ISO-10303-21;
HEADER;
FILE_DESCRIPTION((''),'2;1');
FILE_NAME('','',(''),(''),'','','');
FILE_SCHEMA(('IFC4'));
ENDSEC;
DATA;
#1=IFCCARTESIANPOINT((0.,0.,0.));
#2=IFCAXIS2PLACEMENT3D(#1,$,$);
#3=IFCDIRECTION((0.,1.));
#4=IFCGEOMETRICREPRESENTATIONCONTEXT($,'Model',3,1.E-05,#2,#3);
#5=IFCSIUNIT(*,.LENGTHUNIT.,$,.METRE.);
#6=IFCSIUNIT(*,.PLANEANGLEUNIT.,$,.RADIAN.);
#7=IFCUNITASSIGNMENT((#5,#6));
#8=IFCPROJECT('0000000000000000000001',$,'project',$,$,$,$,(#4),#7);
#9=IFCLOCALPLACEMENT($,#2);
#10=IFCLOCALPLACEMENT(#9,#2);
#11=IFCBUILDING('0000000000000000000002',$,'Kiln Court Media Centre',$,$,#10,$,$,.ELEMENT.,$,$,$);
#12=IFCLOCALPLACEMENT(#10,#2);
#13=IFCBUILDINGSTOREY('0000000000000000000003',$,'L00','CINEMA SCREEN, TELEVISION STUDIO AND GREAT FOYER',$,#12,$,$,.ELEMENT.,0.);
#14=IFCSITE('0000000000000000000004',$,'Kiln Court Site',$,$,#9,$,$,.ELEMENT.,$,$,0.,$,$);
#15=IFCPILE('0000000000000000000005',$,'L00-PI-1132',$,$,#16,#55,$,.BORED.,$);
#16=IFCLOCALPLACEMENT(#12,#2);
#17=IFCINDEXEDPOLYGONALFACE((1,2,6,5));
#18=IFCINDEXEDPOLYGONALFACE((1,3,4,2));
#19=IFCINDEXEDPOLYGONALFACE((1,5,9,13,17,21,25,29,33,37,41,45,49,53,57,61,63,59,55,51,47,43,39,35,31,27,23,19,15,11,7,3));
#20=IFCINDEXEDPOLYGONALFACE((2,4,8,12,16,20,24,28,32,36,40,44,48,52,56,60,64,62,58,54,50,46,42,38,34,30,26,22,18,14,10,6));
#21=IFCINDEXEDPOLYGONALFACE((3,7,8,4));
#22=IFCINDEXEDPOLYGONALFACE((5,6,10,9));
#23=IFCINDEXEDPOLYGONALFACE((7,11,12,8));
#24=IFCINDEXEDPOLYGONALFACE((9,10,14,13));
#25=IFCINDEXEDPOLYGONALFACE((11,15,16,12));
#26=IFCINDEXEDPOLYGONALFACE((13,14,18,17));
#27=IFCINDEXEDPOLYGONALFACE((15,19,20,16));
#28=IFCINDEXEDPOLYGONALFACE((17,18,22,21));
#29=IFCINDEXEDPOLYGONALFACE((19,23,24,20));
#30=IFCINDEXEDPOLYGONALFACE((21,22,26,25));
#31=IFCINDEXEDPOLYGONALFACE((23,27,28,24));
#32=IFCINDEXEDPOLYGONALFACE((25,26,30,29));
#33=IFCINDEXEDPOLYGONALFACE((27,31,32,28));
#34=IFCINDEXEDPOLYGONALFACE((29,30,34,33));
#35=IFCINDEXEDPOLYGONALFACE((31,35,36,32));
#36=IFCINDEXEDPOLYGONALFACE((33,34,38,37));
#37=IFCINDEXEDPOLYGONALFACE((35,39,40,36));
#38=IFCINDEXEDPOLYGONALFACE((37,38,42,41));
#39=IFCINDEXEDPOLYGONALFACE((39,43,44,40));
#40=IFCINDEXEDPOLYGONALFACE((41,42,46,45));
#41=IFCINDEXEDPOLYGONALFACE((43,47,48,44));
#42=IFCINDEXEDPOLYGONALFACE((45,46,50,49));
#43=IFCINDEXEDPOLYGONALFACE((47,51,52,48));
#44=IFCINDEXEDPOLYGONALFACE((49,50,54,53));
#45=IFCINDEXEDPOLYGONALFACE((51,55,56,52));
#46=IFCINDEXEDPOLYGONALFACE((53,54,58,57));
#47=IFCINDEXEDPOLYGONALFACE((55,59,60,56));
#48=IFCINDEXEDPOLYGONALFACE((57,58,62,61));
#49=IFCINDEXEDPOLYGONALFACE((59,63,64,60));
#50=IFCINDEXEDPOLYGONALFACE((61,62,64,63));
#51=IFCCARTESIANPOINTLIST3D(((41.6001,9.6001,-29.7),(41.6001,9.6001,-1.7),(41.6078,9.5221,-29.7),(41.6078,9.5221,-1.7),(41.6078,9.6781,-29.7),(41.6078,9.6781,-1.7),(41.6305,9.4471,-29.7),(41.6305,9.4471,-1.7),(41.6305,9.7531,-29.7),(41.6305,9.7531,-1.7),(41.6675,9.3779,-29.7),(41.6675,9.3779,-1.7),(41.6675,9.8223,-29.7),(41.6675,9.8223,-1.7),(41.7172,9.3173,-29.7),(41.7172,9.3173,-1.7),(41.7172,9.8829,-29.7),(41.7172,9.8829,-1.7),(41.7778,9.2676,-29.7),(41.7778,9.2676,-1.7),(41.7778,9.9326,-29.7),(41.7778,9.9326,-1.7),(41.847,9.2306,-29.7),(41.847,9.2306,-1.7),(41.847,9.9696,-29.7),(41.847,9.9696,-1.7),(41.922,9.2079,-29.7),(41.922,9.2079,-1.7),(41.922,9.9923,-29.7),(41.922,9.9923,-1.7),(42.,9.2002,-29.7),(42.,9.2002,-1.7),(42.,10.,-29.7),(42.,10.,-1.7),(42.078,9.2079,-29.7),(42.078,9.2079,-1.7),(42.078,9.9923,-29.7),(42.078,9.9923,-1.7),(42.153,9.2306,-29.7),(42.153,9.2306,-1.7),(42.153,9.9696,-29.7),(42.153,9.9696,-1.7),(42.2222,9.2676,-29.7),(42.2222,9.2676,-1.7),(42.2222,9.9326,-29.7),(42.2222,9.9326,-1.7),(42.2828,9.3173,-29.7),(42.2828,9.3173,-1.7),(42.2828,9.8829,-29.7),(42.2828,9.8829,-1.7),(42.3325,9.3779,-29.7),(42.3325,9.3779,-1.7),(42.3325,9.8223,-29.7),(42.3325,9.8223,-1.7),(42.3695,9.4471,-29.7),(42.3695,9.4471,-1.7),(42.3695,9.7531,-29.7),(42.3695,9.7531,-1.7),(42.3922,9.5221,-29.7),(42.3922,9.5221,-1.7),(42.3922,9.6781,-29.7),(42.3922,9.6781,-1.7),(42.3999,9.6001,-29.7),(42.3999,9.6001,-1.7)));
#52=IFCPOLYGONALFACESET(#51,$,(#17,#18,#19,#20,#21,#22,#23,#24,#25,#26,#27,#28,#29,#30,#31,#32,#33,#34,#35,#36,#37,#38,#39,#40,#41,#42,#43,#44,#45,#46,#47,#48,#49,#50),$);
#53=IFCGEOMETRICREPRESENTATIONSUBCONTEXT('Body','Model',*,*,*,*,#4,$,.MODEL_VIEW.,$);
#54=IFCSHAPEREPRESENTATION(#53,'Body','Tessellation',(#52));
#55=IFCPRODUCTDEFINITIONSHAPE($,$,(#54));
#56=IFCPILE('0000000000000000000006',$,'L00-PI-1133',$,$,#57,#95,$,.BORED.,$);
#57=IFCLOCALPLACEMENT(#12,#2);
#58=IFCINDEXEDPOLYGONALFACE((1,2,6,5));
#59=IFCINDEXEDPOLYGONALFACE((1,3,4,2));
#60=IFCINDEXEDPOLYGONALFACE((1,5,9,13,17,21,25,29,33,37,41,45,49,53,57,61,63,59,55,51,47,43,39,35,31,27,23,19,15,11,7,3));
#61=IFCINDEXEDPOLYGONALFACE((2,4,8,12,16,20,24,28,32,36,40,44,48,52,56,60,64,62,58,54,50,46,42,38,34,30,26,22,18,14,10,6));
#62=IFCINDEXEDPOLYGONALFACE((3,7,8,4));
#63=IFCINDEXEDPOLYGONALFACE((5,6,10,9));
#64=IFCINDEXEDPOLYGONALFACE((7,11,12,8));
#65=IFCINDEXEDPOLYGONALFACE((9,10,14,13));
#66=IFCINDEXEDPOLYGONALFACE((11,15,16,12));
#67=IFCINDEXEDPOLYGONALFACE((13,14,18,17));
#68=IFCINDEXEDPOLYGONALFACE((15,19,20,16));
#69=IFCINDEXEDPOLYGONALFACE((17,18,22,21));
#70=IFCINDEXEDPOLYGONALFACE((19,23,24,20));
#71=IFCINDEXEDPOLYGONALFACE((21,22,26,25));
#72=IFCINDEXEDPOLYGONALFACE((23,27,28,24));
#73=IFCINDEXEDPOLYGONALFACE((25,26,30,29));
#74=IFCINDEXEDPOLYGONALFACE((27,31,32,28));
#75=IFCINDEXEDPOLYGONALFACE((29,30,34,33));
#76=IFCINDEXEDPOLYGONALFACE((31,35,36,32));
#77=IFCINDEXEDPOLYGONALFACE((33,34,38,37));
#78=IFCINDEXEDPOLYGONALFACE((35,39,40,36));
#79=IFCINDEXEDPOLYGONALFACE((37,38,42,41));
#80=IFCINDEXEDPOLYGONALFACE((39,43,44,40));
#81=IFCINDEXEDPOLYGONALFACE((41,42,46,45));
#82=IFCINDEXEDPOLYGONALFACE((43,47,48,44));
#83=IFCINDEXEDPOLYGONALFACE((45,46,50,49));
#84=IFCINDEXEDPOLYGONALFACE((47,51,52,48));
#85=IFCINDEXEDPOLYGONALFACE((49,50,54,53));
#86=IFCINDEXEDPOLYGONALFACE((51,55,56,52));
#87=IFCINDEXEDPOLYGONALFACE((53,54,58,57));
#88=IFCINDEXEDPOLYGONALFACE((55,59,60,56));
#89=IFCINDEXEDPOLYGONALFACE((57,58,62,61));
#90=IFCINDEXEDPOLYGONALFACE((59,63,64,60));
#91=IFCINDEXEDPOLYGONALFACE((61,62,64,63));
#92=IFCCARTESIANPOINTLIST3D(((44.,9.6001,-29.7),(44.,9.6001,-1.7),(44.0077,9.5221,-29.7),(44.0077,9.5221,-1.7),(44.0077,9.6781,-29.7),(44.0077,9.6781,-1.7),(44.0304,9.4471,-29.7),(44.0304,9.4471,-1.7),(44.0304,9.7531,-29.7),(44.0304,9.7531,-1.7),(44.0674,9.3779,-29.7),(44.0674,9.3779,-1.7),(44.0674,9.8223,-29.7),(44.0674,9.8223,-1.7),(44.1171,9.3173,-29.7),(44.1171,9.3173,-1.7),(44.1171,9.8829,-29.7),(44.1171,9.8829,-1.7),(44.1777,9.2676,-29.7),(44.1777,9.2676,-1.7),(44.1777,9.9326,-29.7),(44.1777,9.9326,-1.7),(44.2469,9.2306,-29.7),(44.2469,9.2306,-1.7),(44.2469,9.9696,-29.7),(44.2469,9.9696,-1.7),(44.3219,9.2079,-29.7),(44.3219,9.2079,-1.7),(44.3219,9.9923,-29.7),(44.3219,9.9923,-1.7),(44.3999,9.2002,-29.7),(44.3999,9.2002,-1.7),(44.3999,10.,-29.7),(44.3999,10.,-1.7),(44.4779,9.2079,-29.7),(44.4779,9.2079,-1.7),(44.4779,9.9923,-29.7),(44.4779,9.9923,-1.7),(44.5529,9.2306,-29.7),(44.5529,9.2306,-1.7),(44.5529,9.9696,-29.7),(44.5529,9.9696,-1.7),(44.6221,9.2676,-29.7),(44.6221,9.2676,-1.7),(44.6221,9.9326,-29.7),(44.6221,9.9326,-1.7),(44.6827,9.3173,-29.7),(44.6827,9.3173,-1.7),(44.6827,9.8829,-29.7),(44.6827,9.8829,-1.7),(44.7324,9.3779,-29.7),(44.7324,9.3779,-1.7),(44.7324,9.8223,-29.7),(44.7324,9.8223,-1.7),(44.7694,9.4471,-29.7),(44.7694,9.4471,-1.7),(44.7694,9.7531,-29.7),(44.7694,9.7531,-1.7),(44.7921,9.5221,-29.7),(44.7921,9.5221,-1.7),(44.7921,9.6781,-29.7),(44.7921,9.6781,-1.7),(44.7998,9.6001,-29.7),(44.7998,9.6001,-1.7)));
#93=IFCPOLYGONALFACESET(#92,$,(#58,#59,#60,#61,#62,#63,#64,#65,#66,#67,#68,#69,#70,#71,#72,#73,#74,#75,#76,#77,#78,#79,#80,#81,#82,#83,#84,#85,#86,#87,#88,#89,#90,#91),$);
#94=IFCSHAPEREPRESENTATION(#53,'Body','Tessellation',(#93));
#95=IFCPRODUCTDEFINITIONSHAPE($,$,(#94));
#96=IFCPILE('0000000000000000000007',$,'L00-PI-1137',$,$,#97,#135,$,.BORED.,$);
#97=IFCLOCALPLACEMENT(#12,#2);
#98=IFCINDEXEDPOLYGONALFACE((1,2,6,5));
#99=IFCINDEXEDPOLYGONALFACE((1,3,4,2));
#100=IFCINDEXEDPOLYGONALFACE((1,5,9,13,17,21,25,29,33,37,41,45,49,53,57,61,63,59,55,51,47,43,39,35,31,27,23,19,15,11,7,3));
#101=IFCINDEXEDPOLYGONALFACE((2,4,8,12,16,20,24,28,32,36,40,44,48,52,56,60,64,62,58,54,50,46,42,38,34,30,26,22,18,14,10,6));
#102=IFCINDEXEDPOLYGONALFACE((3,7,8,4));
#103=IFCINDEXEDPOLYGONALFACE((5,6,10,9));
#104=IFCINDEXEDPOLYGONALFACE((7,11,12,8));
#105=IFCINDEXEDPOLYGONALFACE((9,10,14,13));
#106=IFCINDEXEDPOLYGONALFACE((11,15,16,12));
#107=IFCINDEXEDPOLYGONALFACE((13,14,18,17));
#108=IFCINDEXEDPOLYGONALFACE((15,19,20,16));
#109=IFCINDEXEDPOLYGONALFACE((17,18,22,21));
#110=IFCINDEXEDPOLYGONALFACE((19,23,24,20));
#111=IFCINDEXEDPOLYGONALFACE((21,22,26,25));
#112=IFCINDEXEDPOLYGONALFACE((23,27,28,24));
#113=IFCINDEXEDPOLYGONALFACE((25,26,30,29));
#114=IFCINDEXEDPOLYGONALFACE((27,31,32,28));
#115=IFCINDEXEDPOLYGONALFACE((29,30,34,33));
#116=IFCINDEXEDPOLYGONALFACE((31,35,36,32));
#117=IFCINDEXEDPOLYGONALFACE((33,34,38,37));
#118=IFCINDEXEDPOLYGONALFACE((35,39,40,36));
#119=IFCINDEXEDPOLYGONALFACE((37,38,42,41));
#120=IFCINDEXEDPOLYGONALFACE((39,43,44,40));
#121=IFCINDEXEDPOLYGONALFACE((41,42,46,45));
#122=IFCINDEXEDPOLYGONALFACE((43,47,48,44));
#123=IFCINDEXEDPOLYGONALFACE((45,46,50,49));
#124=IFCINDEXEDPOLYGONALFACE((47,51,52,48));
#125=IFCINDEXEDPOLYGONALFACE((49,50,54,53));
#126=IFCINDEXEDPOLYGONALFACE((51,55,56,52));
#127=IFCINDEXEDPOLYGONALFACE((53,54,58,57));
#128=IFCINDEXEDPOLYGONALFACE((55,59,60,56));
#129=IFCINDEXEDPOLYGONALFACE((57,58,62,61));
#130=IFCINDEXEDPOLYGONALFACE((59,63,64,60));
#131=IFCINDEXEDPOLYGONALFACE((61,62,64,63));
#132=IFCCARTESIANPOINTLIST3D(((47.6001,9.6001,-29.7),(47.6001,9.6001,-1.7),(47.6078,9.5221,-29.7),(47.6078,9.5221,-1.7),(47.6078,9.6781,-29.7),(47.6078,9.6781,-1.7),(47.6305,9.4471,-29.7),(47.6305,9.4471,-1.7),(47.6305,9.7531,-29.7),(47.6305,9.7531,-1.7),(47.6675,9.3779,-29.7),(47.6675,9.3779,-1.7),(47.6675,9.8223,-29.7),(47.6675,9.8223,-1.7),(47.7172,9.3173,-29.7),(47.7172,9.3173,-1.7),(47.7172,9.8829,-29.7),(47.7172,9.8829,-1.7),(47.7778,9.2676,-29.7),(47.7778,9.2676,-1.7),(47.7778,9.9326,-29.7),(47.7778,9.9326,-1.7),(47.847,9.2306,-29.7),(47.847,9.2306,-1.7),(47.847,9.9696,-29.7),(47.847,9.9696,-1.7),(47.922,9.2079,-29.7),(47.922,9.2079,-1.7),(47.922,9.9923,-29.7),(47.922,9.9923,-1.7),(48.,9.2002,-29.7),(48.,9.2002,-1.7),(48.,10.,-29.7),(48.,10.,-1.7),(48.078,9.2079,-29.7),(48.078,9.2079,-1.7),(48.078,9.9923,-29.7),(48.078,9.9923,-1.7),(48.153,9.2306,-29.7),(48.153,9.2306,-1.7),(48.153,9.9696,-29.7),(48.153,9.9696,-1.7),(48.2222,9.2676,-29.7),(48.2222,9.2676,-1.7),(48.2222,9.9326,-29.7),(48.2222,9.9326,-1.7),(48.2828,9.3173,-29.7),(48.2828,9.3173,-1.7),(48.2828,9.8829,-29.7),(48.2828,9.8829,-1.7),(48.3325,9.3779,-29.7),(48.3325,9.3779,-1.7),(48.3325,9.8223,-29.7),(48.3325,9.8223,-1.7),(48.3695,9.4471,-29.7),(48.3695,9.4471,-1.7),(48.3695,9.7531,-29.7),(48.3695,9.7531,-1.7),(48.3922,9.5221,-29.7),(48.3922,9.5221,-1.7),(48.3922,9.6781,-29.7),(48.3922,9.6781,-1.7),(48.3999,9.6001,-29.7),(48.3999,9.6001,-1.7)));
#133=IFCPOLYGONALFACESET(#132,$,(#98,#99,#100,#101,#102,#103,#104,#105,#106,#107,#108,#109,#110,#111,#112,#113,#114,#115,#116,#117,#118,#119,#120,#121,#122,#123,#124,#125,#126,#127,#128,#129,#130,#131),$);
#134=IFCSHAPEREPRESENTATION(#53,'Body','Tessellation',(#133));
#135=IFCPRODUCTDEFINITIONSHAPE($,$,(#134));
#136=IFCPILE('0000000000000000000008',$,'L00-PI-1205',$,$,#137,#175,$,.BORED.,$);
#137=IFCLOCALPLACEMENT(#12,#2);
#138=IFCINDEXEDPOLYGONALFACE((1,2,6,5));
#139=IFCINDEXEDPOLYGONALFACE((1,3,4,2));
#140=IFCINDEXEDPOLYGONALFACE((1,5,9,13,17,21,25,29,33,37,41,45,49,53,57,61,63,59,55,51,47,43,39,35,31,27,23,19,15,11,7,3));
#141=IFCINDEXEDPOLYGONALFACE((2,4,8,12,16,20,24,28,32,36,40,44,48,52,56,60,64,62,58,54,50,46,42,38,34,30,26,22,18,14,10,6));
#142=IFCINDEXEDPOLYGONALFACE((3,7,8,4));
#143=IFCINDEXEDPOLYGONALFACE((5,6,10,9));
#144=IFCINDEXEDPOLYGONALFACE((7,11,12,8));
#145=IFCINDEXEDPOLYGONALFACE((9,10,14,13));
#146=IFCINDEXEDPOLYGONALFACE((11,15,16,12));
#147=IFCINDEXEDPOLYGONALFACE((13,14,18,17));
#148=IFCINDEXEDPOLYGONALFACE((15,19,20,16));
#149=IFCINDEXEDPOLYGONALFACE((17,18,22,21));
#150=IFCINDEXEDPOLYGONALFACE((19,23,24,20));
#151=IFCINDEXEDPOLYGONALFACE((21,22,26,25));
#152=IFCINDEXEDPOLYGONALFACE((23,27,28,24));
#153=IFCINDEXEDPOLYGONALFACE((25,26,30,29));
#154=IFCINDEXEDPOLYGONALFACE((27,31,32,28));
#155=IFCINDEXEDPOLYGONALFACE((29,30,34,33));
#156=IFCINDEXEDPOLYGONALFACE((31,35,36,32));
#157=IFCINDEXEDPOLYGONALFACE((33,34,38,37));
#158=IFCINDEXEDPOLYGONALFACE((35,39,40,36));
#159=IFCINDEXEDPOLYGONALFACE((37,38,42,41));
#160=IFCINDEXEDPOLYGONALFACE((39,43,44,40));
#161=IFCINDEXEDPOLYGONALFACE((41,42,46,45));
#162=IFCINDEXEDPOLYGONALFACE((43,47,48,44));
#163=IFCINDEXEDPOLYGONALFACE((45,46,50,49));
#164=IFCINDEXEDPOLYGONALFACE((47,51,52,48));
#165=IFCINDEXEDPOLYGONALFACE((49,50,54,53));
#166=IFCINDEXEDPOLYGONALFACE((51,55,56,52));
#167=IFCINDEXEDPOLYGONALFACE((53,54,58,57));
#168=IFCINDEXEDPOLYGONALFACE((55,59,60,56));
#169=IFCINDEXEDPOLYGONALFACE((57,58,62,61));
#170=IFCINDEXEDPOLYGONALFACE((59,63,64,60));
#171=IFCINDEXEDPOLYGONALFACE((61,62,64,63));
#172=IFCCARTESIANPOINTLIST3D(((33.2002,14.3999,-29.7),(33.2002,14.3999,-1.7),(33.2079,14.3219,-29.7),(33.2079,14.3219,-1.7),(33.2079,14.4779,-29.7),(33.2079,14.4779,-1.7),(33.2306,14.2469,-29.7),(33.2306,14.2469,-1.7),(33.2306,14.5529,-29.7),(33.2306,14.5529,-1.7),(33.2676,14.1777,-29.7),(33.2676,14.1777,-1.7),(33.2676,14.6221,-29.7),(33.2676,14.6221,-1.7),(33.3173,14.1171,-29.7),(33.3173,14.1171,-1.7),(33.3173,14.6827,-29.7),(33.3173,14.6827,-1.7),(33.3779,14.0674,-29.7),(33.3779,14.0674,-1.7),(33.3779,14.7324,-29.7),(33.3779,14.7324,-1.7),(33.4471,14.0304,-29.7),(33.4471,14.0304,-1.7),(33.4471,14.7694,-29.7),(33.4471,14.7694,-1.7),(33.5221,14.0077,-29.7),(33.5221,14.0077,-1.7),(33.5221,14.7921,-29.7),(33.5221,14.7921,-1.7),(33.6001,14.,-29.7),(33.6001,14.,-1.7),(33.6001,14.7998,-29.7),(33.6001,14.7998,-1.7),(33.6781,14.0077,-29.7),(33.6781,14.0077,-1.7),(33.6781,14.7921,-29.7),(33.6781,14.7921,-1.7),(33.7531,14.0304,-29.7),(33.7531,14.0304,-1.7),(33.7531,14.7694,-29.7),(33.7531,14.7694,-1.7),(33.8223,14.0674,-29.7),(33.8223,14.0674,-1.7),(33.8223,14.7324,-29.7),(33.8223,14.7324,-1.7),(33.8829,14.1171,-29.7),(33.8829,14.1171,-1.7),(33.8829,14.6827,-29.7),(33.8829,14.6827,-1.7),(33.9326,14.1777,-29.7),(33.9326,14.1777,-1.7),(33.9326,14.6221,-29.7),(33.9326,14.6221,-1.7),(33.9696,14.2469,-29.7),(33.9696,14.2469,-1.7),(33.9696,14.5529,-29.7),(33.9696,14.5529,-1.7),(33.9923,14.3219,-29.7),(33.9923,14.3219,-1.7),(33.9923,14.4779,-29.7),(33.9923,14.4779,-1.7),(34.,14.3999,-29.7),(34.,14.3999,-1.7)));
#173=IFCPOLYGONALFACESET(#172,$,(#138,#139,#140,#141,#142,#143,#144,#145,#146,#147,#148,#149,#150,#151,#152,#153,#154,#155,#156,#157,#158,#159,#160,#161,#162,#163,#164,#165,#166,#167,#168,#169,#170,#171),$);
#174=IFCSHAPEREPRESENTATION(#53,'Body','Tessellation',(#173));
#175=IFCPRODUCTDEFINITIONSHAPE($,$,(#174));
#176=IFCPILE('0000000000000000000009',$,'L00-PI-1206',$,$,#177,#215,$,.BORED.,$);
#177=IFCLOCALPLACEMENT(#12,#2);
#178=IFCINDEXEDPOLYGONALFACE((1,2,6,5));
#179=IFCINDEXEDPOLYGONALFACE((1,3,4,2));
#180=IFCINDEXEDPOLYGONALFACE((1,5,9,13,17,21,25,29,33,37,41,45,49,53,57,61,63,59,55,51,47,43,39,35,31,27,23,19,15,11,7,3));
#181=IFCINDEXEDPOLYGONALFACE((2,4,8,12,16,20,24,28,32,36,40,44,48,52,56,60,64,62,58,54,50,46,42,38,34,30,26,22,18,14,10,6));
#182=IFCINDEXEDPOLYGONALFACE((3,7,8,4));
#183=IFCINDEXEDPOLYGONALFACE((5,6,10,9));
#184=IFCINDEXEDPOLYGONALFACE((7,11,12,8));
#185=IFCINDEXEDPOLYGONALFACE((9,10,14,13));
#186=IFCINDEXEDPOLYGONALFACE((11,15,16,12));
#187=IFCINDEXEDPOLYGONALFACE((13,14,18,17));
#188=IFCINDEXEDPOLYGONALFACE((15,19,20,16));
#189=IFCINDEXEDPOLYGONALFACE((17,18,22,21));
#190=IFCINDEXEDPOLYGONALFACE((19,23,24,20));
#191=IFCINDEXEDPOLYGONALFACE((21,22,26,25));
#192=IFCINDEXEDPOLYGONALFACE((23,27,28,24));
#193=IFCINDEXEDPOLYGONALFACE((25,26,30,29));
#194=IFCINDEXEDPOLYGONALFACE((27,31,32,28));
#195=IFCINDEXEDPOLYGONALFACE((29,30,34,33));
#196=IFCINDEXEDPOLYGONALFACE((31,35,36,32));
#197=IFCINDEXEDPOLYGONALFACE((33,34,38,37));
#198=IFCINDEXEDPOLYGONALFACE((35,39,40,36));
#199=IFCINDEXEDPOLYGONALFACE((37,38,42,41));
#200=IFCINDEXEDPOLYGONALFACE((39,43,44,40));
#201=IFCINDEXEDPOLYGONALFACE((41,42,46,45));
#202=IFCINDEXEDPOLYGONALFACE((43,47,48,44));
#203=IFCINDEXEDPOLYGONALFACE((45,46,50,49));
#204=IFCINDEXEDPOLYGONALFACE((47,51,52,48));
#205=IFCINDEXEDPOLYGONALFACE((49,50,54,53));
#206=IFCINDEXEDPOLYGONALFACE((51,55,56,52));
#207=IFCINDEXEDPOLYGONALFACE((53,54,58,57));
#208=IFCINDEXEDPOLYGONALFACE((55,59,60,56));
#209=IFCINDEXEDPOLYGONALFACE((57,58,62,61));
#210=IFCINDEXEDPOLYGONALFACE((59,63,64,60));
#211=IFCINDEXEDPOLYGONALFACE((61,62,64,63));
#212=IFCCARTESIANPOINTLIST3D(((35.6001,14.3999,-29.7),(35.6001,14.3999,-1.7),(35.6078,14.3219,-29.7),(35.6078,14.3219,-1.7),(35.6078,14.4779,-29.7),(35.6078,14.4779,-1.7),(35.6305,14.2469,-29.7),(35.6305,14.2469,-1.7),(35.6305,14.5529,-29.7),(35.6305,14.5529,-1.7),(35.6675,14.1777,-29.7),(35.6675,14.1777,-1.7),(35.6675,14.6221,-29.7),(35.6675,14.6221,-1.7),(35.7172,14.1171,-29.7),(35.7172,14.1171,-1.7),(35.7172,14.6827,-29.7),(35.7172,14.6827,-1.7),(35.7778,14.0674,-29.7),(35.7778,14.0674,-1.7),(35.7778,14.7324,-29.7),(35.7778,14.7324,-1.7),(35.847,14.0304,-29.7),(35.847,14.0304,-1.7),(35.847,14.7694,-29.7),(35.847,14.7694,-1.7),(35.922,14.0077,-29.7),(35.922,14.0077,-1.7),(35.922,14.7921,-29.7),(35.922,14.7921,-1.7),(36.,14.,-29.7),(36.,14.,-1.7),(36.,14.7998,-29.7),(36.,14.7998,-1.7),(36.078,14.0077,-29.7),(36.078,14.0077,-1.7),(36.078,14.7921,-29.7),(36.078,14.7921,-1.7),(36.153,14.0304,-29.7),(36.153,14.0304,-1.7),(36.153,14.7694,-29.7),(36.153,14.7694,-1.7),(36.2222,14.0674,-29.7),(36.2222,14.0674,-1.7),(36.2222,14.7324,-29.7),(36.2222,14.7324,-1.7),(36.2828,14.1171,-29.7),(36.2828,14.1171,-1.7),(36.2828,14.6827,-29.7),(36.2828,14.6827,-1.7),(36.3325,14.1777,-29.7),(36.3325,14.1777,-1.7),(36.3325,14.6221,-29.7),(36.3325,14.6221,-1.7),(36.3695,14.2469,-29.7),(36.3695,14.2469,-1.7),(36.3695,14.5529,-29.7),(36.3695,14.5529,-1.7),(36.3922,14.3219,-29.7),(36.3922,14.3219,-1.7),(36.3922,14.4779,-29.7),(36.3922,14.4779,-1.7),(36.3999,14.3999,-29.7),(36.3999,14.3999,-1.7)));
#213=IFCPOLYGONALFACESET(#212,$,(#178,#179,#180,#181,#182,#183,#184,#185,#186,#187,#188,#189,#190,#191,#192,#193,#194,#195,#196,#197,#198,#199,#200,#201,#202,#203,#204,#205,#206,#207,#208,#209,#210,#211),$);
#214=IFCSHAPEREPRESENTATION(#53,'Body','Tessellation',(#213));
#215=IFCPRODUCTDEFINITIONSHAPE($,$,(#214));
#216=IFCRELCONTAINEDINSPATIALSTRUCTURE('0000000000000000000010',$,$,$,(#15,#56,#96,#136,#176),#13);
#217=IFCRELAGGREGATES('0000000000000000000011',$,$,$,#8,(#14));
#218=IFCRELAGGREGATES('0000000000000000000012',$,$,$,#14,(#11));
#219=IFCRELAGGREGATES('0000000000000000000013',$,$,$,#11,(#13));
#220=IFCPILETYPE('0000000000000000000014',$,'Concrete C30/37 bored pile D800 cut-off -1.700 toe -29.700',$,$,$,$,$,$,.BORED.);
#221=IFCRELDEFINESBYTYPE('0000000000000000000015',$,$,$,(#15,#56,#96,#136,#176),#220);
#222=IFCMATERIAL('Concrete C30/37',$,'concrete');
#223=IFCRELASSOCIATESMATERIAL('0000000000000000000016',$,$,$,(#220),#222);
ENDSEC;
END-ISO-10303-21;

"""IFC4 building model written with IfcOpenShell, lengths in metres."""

from ifc_helpers import new_model, si_unit, direction, frame, origin, origin_2d, place, context, subcontext, project, spatial, circle, extrude, material, material_profile, profile_set, type_object, element, save


model = new_model("IFC4")

# Units and contexts
model_context = context("Model", 3, precision=1e-05, world=origin(), true_north=direction((0.0, 1.0)))
body_context = subcontext(model_context, "Body", "Model", "MODEL_VIEW")
ifc_project = project(units=[si_unit("LENGTHUNIT", "METRE"), si_unit("PLANEANGLEUNIT", "RADIAN")], contexts=[model_context])

# Site, building, storey
site_placement = place(None, origin())
site = spatial("IfcSite", under=ifc_project, at=site_placement, Name="Kiln Court Site", CompositionType="ELEMENT", RefElevation=0.0)
building_placement = place(site_placement, origin())
building = spatial("IfcBuilding", under=site, at=building_placement, Name="Kiln Court Media Centre", CompositionType="ELEMENT")
storey_placement = place(building_placement, origin())
storey = spatial("IfcBuildingStorey", under=building, at=storey_placement, Name="L00", Description="CINEMA SCREEN, TELEVISION STUDIO AND GREAT FOYER", CompositionType="ELEMENT", Elevation=0.0)

# Piles
ifc_material_1 = material(Name="Concrete C30/37", Category="concrete")
ifc_material_profile_1 = material_profile(ifc_material_1, circle(Radius=0.3999, at=origin_2d()), Name="PILE D800")
ifc_profile_set_1 = profile_set([ifc_material_profile_1], Name="Concrete C30/37")
pile_type_1 = type_object("IfcPileType", Name="Concrete C30/37 bored pile D800 cut-off -1.700 toe -29.700", PredefinedType="BORED", material=ifc_profile_set_1)
for number, where, z_axis, x_axis, name in (
    (1, (42.0, 9.6001, -1.7), (0.0, 0.0, -1.0), (1.0, 0.0, 0.0), "L00-PI-1132"),
    (2, (44.3999, 9.6001, -1.7), (0.0, 0.0, -1.0), (1.0, 0.0, 0.0), "L00-PI-1133"),
    (3, (48.0, 9.6001, -1.7), (0.0, 0.0, -1.0), (1.0, 0.0, 0.0), "L00-PI-1137"),
    (4, (33.6001, 14.3999, -1.7), (0.0, 0.0, -1.0), (1.0, 0.0, 0.0), "L00-PI-1205"),
    (5, (36.0, 14.3999, -1.7), (0.0, 0.0, -1.0), (1.0, 0.0, 0.0), "L00-PI-1206"),
):
    element("IfcPile", number, at=place(storey_placement, frame(where, z_axis=z_axis, x_axis=x_axis)), inside=storey, type_object=pile_type_1, Name=name, PredefinedType="BORED", context=body_context, shape_type="SweptSolid", body=[
        extrude(circle(Radius=0.3999, at=origin_2d()), origin(), (0.0, 0.0, 1.0), 28.0),
    ])

save(model, "model.ifc")
